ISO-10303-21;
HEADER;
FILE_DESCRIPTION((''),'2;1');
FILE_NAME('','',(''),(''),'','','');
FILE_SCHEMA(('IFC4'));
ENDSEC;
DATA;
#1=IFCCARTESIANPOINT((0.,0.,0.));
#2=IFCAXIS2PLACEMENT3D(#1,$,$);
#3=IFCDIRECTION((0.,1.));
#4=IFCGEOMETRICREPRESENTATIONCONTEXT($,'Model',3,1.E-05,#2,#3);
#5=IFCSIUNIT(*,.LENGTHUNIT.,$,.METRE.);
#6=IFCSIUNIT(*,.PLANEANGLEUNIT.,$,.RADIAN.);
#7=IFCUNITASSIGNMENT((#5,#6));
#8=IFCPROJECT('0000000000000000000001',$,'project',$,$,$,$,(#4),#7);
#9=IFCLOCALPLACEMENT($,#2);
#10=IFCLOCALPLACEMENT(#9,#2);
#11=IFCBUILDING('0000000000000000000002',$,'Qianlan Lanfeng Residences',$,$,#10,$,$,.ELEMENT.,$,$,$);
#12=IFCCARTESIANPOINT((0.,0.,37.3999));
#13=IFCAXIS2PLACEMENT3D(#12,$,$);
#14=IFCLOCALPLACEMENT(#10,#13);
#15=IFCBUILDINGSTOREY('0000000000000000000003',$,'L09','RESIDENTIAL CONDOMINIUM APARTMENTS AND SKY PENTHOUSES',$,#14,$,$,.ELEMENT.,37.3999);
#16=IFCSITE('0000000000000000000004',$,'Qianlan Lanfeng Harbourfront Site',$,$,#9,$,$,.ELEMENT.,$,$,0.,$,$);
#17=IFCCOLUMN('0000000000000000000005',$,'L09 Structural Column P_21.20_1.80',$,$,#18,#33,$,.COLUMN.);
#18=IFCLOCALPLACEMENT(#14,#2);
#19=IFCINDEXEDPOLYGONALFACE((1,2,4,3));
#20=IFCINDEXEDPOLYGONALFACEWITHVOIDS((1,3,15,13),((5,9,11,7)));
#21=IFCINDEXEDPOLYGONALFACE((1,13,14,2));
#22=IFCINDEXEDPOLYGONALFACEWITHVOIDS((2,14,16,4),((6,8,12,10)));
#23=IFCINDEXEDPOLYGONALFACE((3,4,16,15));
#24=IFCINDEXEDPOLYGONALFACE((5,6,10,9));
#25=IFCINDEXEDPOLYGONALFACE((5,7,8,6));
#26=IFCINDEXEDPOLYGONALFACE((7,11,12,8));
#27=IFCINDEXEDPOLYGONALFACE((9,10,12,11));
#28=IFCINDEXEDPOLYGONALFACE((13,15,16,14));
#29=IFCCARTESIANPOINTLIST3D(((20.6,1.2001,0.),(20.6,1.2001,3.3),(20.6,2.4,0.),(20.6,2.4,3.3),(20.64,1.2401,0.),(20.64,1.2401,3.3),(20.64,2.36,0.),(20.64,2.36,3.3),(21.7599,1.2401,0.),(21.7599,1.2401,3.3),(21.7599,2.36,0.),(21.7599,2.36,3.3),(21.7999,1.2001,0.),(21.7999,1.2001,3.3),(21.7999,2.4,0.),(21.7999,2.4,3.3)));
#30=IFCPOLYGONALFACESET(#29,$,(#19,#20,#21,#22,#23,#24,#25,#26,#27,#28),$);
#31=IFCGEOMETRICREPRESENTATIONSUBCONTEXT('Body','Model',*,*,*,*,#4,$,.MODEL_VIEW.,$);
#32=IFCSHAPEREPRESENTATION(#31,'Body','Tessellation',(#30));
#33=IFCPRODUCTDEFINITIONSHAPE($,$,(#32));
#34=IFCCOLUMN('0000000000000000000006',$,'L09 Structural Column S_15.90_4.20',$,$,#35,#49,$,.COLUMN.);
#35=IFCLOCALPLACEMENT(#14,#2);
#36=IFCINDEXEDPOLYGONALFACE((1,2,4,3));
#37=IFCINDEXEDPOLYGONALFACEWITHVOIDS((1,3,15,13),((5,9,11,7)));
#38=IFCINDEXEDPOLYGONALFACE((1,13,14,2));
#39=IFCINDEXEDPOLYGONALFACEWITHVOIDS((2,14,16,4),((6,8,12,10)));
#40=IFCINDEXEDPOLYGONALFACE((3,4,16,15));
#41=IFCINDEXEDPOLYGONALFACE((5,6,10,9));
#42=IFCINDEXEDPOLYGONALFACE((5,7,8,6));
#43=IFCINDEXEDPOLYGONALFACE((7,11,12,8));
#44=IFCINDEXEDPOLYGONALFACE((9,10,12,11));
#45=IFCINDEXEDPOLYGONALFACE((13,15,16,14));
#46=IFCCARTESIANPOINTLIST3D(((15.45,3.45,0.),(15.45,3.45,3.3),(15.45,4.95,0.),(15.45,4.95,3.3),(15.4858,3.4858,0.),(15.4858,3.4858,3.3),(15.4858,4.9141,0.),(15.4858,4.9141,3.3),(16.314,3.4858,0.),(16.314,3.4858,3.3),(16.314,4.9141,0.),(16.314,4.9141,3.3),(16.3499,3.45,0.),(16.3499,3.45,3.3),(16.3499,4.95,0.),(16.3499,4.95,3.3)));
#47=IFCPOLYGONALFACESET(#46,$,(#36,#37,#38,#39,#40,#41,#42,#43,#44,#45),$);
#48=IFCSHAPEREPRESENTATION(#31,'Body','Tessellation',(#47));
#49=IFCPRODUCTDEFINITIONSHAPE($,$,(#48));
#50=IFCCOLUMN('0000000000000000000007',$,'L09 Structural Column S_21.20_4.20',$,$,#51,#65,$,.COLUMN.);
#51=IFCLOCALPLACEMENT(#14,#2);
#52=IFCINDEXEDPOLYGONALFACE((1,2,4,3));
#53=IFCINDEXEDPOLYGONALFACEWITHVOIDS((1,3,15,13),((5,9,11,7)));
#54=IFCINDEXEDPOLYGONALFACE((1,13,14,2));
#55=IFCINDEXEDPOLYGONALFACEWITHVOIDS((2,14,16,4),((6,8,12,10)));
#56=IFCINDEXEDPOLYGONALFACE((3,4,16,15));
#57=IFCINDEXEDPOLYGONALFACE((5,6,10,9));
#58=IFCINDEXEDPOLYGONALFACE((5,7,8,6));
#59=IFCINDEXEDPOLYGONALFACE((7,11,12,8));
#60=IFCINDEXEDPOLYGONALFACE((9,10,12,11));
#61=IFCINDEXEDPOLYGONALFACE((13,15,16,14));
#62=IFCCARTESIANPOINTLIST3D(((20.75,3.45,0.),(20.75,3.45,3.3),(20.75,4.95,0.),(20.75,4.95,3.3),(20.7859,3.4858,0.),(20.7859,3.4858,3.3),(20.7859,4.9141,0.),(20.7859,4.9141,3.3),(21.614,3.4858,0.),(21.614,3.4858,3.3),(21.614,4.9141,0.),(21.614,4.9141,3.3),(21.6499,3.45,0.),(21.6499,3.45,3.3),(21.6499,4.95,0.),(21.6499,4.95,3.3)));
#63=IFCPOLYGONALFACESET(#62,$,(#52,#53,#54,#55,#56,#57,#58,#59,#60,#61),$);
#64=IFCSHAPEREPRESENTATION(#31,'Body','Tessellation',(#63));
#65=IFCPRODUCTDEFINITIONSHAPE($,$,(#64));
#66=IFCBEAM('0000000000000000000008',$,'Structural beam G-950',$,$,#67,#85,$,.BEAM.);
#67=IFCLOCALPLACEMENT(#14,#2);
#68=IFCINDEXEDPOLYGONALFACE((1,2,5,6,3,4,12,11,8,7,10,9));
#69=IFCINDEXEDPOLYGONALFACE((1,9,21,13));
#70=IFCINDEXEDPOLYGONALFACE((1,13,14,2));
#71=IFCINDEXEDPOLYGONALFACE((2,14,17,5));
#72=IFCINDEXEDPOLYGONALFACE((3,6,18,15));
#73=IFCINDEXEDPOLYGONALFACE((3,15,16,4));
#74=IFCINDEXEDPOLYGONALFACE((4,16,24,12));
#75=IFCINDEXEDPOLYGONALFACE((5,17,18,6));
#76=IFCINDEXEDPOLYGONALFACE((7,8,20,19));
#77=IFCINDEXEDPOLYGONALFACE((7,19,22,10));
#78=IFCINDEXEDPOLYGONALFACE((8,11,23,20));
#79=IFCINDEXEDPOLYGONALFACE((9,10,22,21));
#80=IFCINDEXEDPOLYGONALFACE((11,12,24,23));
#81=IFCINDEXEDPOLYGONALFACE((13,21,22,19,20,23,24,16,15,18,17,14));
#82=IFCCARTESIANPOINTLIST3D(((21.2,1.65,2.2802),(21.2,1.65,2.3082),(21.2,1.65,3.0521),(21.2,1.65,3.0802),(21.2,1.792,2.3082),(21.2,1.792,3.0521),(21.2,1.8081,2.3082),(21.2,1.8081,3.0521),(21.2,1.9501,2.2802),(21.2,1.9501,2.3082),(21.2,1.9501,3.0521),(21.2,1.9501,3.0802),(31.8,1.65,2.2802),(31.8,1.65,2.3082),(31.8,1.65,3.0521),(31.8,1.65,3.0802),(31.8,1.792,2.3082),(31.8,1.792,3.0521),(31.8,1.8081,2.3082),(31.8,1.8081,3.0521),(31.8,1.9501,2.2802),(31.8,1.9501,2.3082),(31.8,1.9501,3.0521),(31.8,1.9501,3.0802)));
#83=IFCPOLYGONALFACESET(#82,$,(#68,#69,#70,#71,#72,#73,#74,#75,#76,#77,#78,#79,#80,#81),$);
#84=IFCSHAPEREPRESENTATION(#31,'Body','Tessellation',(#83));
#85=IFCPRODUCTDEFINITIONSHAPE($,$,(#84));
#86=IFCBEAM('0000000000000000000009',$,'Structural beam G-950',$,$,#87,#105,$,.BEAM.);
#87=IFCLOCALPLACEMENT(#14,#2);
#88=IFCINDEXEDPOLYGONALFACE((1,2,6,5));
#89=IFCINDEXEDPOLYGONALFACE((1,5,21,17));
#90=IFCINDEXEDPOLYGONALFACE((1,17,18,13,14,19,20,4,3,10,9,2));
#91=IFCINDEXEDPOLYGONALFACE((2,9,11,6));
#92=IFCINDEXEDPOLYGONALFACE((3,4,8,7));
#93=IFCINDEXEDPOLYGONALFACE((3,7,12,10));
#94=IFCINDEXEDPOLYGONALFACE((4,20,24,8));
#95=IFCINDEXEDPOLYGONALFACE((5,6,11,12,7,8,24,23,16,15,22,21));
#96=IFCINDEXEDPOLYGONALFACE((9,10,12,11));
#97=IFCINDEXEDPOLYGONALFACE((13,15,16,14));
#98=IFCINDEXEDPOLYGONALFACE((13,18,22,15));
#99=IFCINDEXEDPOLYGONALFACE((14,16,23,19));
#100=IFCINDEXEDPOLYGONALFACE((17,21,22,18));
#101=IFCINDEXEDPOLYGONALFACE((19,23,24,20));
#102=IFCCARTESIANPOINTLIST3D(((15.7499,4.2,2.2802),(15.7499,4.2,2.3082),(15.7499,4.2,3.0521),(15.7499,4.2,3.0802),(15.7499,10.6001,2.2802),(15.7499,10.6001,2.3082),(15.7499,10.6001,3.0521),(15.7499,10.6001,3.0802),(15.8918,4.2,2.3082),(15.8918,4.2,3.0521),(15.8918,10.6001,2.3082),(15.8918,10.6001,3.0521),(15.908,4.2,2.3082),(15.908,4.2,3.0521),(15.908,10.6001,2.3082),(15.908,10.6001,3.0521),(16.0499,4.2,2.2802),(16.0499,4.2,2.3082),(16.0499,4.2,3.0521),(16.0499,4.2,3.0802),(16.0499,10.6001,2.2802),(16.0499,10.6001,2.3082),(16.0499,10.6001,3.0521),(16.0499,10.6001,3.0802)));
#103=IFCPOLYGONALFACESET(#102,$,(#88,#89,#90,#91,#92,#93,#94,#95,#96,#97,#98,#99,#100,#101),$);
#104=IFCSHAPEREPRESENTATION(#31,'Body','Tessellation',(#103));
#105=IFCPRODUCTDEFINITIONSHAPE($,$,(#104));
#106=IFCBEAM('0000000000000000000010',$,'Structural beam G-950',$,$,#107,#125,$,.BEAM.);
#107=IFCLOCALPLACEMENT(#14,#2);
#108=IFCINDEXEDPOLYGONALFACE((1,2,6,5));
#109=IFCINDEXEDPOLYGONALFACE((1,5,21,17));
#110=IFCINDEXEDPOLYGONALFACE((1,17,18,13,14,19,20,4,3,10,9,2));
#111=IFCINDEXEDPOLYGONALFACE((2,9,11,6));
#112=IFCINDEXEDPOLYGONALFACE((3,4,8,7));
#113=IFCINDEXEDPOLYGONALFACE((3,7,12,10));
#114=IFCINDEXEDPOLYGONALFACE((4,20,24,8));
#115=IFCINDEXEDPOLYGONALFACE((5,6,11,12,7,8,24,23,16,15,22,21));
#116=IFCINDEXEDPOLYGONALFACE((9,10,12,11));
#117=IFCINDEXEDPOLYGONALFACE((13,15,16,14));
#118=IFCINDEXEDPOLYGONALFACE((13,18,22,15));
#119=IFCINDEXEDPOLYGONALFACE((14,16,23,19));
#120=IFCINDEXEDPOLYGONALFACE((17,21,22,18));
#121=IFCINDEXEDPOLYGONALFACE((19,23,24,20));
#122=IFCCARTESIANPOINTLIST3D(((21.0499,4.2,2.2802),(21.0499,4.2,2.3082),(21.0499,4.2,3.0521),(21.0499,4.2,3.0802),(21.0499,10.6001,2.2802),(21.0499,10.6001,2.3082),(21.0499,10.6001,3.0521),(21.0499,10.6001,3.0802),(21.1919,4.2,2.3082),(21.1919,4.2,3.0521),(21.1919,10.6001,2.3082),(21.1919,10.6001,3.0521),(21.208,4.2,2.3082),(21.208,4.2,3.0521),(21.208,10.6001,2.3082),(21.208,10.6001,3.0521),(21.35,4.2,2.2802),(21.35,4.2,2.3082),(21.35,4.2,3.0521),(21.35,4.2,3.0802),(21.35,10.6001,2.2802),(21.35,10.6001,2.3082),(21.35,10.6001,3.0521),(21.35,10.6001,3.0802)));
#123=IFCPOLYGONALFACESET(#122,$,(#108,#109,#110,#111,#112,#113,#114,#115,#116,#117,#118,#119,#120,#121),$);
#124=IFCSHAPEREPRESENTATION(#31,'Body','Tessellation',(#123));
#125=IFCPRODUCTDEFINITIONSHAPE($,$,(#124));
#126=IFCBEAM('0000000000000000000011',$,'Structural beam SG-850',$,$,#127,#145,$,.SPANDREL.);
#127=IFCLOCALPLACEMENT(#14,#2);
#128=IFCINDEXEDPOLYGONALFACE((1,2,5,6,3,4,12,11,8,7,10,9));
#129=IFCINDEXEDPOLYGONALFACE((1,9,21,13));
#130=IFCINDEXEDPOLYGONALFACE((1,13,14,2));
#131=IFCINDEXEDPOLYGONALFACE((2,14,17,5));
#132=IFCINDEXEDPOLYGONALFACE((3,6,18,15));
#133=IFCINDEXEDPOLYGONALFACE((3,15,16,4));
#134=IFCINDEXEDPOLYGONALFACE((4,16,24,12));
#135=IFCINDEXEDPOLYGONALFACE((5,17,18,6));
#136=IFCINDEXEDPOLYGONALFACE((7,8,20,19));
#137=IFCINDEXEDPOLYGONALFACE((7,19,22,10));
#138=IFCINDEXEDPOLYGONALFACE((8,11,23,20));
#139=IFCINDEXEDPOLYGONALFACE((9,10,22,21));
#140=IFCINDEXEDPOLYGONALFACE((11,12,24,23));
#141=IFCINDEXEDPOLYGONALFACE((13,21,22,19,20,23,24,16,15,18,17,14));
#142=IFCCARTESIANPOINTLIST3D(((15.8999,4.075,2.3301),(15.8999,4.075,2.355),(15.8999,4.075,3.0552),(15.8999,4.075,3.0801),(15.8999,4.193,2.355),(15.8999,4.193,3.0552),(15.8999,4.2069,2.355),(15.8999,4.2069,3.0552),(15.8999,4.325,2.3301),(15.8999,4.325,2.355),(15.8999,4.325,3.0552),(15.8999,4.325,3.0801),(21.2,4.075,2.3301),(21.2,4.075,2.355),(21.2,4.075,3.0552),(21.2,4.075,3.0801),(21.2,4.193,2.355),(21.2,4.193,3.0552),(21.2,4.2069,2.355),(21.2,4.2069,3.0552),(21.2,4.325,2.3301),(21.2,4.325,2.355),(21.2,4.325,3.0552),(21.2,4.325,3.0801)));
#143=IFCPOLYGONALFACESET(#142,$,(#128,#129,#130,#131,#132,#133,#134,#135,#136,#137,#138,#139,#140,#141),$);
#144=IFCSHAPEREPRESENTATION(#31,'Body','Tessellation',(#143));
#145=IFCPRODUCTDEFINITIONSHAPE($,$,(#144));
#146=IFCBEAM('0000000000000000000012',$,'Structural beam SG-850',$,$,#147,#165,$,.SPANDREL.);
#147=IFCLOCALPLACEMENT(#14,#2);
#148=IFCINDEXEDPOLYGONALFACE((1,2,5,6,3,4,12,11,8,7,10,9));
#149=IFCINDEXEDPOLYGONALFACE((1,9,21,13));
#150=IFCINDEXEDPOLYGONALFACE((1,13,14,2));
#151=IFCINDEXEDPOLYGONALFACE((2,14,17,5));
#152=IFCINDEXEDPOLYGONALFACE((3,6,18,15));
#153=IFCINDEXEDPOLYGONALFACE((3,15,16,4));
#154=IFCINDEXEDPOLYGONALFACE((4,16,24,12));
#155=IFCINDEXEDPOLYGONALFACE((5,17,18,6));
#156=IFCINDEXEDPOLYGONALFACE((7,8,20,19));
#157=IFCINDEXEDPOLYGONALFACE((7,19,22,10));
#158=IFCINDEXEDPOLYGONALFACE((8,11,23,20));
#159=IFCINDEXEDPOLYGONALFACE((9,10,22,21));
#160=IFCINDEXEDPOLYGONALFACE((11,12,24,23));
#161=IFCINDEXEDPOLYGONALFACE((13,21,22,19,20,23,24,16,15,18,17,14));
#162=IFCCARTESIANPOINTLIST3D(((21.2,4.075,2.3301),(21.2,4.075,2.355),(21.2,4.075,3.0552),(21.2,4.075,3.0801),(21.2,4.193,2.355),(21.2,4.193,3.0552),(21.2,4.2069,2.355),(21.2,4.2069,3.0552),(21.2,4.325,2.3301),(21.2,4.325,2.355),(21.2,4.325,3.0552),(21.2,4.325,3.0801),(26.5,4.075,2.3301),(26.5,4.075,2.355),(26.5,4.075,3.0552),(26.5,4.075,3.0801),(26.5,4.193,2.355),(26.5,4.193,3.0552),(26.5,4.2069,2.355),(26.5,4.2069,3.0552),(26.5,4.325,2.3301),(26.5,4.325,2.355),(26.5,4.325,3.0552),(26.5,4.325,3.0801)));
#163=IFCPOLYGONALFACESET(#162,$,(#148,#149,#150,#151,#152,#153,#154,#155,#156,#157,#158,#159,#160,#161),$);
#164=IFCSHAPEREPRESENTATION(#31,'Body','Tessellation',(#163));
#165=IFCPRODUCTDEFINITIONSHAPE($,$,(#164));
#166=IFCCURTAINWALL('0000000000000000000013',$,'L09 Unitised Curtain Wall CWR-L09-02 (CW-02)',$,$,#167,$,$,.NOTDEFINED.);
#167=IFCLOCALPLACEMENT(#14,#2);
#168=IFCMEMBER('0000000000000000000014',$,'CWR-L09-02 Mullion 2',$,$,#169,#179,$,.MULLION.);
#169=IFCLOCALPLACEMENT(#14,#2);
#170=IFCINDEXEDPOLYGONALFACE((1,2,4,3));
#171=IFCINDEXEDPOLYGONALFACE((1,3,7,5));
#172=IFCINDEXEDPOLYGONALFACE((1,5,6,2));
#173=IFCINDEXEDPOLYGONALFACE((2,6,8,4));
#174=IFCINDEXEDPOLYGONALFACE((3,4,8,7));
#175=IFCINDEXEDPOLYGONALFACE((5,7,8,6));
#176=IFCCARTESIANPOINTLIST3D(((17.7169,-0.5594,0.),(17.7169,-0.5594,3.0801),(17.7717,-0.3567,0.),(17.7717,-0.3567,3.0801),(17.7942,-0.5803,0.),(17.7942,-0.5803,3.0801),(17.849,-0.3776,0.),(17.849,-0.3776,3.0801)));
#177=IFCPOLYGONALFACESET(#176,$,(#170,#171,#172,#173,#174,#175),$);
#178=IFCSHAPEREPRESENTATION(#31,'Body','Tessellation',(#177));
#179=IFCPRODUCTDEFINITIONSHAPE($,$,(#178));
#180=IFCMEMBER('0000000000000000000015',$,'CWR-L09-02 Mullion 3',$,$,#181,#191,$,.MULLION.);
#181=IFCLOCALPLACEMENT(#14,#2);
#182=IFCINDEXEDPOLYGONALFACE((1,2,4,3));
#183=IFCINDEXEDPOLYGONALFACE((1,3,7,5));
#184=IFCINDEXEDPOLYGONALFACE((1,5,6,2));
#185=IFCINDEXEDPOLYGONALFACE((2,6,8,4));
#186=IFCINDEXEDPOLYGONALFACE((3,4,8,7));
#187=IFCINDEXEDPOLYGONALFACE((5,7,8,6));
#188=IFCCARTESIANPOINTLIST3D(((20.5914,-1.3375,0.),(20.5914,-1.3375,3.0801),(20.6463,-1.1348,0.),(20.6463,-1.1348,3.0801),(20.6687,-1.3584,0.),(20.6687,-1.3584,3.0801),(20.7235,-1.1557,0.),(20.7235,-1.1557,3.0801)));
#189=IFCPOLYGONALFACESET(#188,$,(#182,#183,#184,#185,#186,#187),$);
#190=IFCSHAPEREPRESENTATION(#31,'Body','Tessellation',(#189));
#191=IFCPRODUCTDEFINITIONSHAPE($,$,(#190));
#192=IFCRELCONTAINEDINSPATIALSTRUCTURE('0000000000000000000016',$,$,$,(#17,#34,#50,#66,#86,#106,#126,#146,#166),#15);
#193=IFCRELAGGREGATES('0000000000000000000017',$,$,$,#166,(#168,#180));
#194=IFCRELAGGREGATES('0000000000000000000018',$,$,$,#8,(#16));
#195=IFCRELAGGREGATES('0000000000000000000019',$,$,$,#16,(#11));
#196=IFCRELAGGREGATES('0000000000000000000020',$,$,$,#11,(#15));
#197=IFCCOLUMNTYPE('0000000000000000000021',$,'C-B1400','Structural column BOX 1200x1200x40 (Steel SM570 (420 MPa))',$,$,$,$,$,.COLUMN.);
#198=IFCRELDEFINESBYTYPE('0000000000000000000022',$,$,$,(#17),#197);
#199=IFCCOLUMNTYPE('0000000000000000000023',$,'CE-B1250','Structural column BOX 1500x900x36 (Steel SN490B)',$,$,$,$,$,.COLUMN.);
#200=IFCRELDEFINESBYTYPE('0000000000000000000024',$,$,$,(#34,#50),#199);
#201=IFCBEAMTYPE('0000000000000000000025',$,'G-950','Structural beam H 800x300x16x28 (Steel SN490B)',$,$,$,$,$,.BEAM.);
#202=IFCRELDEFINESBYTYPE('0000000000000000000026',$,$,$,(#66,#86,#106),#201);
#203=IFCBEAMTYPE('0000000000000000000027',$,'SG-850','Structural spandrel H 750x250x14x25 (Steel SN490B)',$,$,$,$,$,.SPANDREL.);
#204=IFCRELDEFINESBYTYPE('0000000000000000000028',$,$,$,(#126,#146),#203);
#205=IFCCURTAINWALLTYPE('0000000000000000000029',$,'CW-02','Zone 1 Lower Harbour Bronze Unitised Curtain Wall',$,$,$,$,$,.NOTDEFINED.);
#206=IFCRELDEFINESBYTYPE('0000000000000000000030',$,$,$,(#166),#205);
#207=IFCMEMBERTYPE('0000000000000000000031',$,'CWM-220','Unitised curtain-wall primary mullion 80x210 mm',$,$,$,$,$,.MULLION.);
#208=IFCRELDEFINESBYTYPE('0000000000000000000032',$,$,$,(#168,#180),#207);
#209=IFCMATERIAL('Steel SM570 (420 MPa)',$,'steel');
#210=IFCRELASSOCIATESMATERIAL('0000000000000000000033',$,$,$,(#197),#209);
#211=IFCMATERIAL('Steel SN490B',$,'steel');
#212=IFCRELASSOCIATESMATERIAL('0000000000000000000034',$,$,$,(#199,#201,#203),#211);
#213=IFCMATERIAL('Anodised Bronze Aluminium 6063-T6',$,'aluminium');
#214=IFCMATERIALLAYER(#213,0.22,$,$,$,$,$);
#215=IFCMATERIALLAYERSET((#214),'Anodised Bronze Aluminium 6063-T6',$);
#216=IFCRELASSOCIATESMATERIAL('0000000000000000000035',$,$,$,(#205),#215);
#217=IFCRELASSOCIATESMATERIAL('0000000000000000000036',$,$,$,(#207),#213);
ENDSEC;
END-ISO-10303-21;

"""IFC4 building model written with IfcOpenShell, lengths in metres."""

from ifc_helpers import new_model, si_unit, direction, frame, origin, origin_2d, place, context, subcontext, project, spatial, rectangle, hollow_rectangle, i_section, extrude, source, transform, mapped, material, layer, layer_set, material_profile, profile_set, type_object, element, aggregate, save


model = new_model("IFC4")

# Units and contexts
model_context = context("Model", 3, precision=1e-05, world=origin(), true_north=direction((0.0, 1.0)))
body_context = subcontext(model_context, "Body", "Model", "MODEL_VIEW")
ifc_project = project(units=[si_unit("LENGTHUNIT", "METRE"), si_unit("PLANEANGLEUNIT", "RADIAN")], contexts=[model_context])

# Site, building, storey
site_placement = place(None, origin())
site = spatial("IfcSite", under=ifc_project, at=site_placement, Name="Qianlan Lanfeng Harbourfront Site", CompositionType="ELEMENT", RefElevation=0.0)
building_placement = place(site_placement, origin())
building = spatial("IfcBuilding", under=site, at=building_placement, Name="Qianlan Lanfeng Residences", CompositionType="ELEMENT")
storey_placement = place(building_placement, frame((0.0, 0.0, 37.3999)))
storey = spatial("IfcBuildingStorey", under=building, at=storey_placement, Name="L09", Description="RESIDENTIAL CONDOMINIUM APARTMENTS AND SKY PENTHOUSES", CompositionType="ELEMENT", Elevation=37.3999)

# Columns
ifc_material_1 = material(Name="Steel SM570 (420 MPa)", Category="steel")
ifc_material_profile_1 = material_profile(ifc_material_1, hollow_rectangle(XDim=1.2, YDim=1.2, WallThickness=0.04, at=origin_2d()), Name="BOX 1200x1200x40")
ifc_profile_set_1 = profile_set([ifc_material_profile_1], Name="Steel SM570 (420 MPa)")
column_type_1 = type_object("IfcColumnType", Name="C-B1400", Description="Structural column BOX 1200x1200x40 (Steel SM570 (420 MPa))", PredefinedType="COLUMN", material=ifc_profile_set_1)
column_placement = place(storey_placement, frame((21.2, 1.8, 0.0), z_axis=(0.0, 0.0, 1.0), x_axis=(1.0, 0.0, 0.0)))
element("IfcColumn", 1, at=column_placement, inside=storey, type_object=column_type_1, Name="L09 Structural Column P_21.20_1.80", PredefinedType="COLUMN", context=body_context, shape_type="SweptSolid", body=[
    extrude(hollow_rectangle(XDim=1.2, YDim=1.2, WallThickness=0.04, at=origin_2d()), origin(), (0.0, 0.0, 1.0), 3.3),
])
ifc_material_2 = material(Name="Steel SN490B", Category="steel")
ifc_material_profile_2 = material_profile(ifc_material_2, hollow_rectangle(XDim=0.8999, YDim=1.5, WallThickness=0.0359, at=origin_2d()), Name="BOX 1500x900x36")
ifc_profile_set_2 = profile_set([ifc_material_profile_2], Name="Steel SN490B")
column_type_2 = type_object("IfcColumnType", Name="CE-B1250", Description="Structural column BOX 1500x900x36 (Steel SN490B)", PredefinedType="COLUMN", material=ifc_profile_set_2)
for number, where, z_axis, x_axis, name in (
    (2, (15.8999, 4.2, 0.0), (0.0, 0.0, 1.0), (1.0, 0.0, 0.0), "L09 Structural Column S_15.90_4.20"),
    (3, (21.2, 4.2, 0.0), (0.0, 0.0, 1.0), (1.0, 0.0, 0.0), "L09 Structural Column S_21.20_4.20"),
):
    element("IfcColumn", number, at=place(storey_placement, frame(where, z_axis=z_axis, x_axis=x_axis)), inside=storey, type_object=column_type_2, Name=name, PredefinedType="COLUMN", context=body_context, shape_type="SweptSolid", body=[
        extrude(hollow_rectangle(XDim=0.8999, YDim=1.5, WallThickness=0.0359, at=origin_2d()), origin(), (0.0, 0.0, 1.0), 3.3),
    ])

# Beams
ifc_material_profile_3 = material_profile(ifc_material_2, i_section(OverallWidth=0.3, OverallDepth=0.8, WebThickness=0.0161, FlangeThickness=0.0281, at=origin_2d()), Name="H 800x300x16x28")
ifc_profile_set_3 = profile_set([ifc_material_profile_3], Name="Steel SN490B")
beam_type_1 = type_object("IfcBeamType", Name="G-950", Description="Structural beam H 800x300x16x28 (Steel SN490B)", PredefinedType="BEAM", material=ifc_profile_set_3)
beam_placement = place(storey_placement, frame((21.2, 1.8, 2.6802), z_axis=(1.0, 0.0, 0.0), x_axis=(0.0, 1.0, 0.0)))
element("IfcBeam", 4, at=beam_placement, inside=storey, type_object=beam_type_1, Name="Structural beam G-950", PredefinedType="BEAM", context=body_context, shape_type="SweptSolid", body=[
    extrude(i_section(OverallWidth=0.3, OverallDepth=0.8, WebThickness=0.0161, FlangeThickness=0.0281, at=origin_2d()), origin(), (0.0, 0.0, 1.0), 10.6001),
])
for number, where, z_axis, x_axis, name in (
    (5, (15.8999, 4.2, 2.6802), (0.0, 1.0, 0.0), (-1.0, 0.0, 0.0), "Structural beam G-950"),
    (6, (21.2, 4.2, 2.6802), (0.0, 1.0, 0.0), (-1.0, 0.0, 0.0), "Structural beam G-950"),
):
    element("IfcBeam", number, at=place(storey_placement, frame(where, z_axis=z_axis, x_axis=x_axis)), inside=storey, type_object=beam_type_1, Name=name, PredefinedType="BEAM", context=body_context, shape_type="SweptSolid", body=[
        extrude(i_section(OverallWidth=0.3, OverallDepth=0.8, WebThickness=0.0161, FlangeThickness=0.0281, at=origin_2d()), origin(), (0.0, 0.0, 1.0), 6.4001),
    ])
ifc_material_profile_4 = material_profile(ifc_material_2, i_section(OverallWidth=0.25, OverallDepth=0.75, WebThickness=0.0139, FlangeThickness=0.0249, at=origin_2d()), Name="H 750x250x14x25")
ifc_profile_set_4 = profile_set([ifc_material_profile_4], Name="Steel SN490B")
beam_type_2 = type_object("IfcBeamType", Name="SG-850", Description="Structural spandrel H 750x250x14x25 (Steel SN490B)", PredefinedType="SPANDREL", material=ifc_profile_set_4)
for number, where, z_axis, x_axis, name in (
    (7, (15.8999, 4.2, 2.7051), (1.0, 0.0, 0.0), (0.0, 1.0, 0.0), "Structural beam SG-850"),
    (8, (21.2, 4.2, 2.7051), (1.0, 0.0, 0.0), (0.0, 1.0, 0.0), "Structural beam SG-850"),
):
    element("IfcBeam", number, at=place(storey_placement, frame(where, z_axis=z_axis, x_axis=x_axis)), inside=storey, type_object=beam_type_2, Name=name, PredefinedType="SPANDREL", context=body_context, shape_type="SweptSolid", body=[
        extrude(i_section(OverallWidth=0.25, OverallDepth=0.75, WebThickness=0.0139, FlangeThickness=0.0249, at=origin_2d()), origin(), (0.0, 0.0, 1.0), 5.3),
    ])

# Curtain wall, members
ifc_material_3 = material(Name="Anodised Bronze Aluminium 6063-T6", Category="aluminium")
ifc_layer_1 = layer(ifc_material_3, 0.22)
ifc_layer_set_1 = layer_set([ifc_layer_1], Name="Anodised Bronze Aluminium 6063-T6")
curtain_wall_type = type_object("IfcCurtainWallType", Name="CW-02", Description="Zone 1 Lower Harbour Bronze Unitised Curtain Wall", PredefinedType="NOTDEFINED", material=ifc_layer_set_1)
curtain_wall_1_placement = place(storey_placement, origin())
curtain_wall_1 = element("IfcCurtainWall", 9, at=curtain_wall_1_placement, inside=storey, type_object=curtain_wall_type, Name="L09 Unitised Curtain Wall CWR-L09-02 (CW-02)", PredefinedType="NOTDEFINED")
ifc_material_profile_5 = material_profile(ifc_material_3, rectangle(XDim=0.0801, YDim=0.21, at=origin_2d()), Name="ALU MULLION 80x210")
ifc_profile_set_5 = profile_set([ifc_material_profile_5], Name="Anodised Bronze Aluminium 6063-T6")
member_type_1 = type_object("IfcMemberType", Name="CWM-220", Description="Unitised curtain-wall primary mullion 80x210 mm", PredefinedType="MULLION", material=ifc_profile_set_5)
shared_shape_1 = source(origin(), body_context, "Body", "SweptSolid", [
    extrude(rectangle(XDim=0.0801, YDim=0.21, at=origin_2d()), origin(), (0.0, 0.0, 1.0), 3.0801),
])
member_1_placement = place(storey_placement, frame((17.783, -0.4685, 0.0), z_axis=(0.0, 0.0, 1.0), x_axis=(0.965263, -0.261281, 0.0)))
member_1 = element("IfcMember", 10, at=member_1_placement, type_object=member_type_1, Name="CWR-L09-02 Mullion 2", PredefinedType="MULLION", context=body_context, shape_type="MappedRepresentation", body=[
    mapped(shared_shape_1, transform((0.0, 0.0, 0.0), scale=1.0)),
])
member_2_placement = place(storey_placement, frame((20.6575, -1.2466, 0.0), z_axis=(0.0, 0.0, 1.0), x_axis=(0.965263, -0.261281, 0.0)))
member_2 = element("IfcMember", 11, at=member_2_placement, type_object=member_type_1, Name="CWR-L09-02 Mullion 3", PredefinedType="MULLION", context=body_context, shape_type="MappedRepresentation", body=[
    mapped(shared_shape_1, transform((0.0, 0.0, 0.0), scale=1.0)),
])

aggregate(curtain_wall_1, [member_1, member_2])

save(model, "model.ifc")
